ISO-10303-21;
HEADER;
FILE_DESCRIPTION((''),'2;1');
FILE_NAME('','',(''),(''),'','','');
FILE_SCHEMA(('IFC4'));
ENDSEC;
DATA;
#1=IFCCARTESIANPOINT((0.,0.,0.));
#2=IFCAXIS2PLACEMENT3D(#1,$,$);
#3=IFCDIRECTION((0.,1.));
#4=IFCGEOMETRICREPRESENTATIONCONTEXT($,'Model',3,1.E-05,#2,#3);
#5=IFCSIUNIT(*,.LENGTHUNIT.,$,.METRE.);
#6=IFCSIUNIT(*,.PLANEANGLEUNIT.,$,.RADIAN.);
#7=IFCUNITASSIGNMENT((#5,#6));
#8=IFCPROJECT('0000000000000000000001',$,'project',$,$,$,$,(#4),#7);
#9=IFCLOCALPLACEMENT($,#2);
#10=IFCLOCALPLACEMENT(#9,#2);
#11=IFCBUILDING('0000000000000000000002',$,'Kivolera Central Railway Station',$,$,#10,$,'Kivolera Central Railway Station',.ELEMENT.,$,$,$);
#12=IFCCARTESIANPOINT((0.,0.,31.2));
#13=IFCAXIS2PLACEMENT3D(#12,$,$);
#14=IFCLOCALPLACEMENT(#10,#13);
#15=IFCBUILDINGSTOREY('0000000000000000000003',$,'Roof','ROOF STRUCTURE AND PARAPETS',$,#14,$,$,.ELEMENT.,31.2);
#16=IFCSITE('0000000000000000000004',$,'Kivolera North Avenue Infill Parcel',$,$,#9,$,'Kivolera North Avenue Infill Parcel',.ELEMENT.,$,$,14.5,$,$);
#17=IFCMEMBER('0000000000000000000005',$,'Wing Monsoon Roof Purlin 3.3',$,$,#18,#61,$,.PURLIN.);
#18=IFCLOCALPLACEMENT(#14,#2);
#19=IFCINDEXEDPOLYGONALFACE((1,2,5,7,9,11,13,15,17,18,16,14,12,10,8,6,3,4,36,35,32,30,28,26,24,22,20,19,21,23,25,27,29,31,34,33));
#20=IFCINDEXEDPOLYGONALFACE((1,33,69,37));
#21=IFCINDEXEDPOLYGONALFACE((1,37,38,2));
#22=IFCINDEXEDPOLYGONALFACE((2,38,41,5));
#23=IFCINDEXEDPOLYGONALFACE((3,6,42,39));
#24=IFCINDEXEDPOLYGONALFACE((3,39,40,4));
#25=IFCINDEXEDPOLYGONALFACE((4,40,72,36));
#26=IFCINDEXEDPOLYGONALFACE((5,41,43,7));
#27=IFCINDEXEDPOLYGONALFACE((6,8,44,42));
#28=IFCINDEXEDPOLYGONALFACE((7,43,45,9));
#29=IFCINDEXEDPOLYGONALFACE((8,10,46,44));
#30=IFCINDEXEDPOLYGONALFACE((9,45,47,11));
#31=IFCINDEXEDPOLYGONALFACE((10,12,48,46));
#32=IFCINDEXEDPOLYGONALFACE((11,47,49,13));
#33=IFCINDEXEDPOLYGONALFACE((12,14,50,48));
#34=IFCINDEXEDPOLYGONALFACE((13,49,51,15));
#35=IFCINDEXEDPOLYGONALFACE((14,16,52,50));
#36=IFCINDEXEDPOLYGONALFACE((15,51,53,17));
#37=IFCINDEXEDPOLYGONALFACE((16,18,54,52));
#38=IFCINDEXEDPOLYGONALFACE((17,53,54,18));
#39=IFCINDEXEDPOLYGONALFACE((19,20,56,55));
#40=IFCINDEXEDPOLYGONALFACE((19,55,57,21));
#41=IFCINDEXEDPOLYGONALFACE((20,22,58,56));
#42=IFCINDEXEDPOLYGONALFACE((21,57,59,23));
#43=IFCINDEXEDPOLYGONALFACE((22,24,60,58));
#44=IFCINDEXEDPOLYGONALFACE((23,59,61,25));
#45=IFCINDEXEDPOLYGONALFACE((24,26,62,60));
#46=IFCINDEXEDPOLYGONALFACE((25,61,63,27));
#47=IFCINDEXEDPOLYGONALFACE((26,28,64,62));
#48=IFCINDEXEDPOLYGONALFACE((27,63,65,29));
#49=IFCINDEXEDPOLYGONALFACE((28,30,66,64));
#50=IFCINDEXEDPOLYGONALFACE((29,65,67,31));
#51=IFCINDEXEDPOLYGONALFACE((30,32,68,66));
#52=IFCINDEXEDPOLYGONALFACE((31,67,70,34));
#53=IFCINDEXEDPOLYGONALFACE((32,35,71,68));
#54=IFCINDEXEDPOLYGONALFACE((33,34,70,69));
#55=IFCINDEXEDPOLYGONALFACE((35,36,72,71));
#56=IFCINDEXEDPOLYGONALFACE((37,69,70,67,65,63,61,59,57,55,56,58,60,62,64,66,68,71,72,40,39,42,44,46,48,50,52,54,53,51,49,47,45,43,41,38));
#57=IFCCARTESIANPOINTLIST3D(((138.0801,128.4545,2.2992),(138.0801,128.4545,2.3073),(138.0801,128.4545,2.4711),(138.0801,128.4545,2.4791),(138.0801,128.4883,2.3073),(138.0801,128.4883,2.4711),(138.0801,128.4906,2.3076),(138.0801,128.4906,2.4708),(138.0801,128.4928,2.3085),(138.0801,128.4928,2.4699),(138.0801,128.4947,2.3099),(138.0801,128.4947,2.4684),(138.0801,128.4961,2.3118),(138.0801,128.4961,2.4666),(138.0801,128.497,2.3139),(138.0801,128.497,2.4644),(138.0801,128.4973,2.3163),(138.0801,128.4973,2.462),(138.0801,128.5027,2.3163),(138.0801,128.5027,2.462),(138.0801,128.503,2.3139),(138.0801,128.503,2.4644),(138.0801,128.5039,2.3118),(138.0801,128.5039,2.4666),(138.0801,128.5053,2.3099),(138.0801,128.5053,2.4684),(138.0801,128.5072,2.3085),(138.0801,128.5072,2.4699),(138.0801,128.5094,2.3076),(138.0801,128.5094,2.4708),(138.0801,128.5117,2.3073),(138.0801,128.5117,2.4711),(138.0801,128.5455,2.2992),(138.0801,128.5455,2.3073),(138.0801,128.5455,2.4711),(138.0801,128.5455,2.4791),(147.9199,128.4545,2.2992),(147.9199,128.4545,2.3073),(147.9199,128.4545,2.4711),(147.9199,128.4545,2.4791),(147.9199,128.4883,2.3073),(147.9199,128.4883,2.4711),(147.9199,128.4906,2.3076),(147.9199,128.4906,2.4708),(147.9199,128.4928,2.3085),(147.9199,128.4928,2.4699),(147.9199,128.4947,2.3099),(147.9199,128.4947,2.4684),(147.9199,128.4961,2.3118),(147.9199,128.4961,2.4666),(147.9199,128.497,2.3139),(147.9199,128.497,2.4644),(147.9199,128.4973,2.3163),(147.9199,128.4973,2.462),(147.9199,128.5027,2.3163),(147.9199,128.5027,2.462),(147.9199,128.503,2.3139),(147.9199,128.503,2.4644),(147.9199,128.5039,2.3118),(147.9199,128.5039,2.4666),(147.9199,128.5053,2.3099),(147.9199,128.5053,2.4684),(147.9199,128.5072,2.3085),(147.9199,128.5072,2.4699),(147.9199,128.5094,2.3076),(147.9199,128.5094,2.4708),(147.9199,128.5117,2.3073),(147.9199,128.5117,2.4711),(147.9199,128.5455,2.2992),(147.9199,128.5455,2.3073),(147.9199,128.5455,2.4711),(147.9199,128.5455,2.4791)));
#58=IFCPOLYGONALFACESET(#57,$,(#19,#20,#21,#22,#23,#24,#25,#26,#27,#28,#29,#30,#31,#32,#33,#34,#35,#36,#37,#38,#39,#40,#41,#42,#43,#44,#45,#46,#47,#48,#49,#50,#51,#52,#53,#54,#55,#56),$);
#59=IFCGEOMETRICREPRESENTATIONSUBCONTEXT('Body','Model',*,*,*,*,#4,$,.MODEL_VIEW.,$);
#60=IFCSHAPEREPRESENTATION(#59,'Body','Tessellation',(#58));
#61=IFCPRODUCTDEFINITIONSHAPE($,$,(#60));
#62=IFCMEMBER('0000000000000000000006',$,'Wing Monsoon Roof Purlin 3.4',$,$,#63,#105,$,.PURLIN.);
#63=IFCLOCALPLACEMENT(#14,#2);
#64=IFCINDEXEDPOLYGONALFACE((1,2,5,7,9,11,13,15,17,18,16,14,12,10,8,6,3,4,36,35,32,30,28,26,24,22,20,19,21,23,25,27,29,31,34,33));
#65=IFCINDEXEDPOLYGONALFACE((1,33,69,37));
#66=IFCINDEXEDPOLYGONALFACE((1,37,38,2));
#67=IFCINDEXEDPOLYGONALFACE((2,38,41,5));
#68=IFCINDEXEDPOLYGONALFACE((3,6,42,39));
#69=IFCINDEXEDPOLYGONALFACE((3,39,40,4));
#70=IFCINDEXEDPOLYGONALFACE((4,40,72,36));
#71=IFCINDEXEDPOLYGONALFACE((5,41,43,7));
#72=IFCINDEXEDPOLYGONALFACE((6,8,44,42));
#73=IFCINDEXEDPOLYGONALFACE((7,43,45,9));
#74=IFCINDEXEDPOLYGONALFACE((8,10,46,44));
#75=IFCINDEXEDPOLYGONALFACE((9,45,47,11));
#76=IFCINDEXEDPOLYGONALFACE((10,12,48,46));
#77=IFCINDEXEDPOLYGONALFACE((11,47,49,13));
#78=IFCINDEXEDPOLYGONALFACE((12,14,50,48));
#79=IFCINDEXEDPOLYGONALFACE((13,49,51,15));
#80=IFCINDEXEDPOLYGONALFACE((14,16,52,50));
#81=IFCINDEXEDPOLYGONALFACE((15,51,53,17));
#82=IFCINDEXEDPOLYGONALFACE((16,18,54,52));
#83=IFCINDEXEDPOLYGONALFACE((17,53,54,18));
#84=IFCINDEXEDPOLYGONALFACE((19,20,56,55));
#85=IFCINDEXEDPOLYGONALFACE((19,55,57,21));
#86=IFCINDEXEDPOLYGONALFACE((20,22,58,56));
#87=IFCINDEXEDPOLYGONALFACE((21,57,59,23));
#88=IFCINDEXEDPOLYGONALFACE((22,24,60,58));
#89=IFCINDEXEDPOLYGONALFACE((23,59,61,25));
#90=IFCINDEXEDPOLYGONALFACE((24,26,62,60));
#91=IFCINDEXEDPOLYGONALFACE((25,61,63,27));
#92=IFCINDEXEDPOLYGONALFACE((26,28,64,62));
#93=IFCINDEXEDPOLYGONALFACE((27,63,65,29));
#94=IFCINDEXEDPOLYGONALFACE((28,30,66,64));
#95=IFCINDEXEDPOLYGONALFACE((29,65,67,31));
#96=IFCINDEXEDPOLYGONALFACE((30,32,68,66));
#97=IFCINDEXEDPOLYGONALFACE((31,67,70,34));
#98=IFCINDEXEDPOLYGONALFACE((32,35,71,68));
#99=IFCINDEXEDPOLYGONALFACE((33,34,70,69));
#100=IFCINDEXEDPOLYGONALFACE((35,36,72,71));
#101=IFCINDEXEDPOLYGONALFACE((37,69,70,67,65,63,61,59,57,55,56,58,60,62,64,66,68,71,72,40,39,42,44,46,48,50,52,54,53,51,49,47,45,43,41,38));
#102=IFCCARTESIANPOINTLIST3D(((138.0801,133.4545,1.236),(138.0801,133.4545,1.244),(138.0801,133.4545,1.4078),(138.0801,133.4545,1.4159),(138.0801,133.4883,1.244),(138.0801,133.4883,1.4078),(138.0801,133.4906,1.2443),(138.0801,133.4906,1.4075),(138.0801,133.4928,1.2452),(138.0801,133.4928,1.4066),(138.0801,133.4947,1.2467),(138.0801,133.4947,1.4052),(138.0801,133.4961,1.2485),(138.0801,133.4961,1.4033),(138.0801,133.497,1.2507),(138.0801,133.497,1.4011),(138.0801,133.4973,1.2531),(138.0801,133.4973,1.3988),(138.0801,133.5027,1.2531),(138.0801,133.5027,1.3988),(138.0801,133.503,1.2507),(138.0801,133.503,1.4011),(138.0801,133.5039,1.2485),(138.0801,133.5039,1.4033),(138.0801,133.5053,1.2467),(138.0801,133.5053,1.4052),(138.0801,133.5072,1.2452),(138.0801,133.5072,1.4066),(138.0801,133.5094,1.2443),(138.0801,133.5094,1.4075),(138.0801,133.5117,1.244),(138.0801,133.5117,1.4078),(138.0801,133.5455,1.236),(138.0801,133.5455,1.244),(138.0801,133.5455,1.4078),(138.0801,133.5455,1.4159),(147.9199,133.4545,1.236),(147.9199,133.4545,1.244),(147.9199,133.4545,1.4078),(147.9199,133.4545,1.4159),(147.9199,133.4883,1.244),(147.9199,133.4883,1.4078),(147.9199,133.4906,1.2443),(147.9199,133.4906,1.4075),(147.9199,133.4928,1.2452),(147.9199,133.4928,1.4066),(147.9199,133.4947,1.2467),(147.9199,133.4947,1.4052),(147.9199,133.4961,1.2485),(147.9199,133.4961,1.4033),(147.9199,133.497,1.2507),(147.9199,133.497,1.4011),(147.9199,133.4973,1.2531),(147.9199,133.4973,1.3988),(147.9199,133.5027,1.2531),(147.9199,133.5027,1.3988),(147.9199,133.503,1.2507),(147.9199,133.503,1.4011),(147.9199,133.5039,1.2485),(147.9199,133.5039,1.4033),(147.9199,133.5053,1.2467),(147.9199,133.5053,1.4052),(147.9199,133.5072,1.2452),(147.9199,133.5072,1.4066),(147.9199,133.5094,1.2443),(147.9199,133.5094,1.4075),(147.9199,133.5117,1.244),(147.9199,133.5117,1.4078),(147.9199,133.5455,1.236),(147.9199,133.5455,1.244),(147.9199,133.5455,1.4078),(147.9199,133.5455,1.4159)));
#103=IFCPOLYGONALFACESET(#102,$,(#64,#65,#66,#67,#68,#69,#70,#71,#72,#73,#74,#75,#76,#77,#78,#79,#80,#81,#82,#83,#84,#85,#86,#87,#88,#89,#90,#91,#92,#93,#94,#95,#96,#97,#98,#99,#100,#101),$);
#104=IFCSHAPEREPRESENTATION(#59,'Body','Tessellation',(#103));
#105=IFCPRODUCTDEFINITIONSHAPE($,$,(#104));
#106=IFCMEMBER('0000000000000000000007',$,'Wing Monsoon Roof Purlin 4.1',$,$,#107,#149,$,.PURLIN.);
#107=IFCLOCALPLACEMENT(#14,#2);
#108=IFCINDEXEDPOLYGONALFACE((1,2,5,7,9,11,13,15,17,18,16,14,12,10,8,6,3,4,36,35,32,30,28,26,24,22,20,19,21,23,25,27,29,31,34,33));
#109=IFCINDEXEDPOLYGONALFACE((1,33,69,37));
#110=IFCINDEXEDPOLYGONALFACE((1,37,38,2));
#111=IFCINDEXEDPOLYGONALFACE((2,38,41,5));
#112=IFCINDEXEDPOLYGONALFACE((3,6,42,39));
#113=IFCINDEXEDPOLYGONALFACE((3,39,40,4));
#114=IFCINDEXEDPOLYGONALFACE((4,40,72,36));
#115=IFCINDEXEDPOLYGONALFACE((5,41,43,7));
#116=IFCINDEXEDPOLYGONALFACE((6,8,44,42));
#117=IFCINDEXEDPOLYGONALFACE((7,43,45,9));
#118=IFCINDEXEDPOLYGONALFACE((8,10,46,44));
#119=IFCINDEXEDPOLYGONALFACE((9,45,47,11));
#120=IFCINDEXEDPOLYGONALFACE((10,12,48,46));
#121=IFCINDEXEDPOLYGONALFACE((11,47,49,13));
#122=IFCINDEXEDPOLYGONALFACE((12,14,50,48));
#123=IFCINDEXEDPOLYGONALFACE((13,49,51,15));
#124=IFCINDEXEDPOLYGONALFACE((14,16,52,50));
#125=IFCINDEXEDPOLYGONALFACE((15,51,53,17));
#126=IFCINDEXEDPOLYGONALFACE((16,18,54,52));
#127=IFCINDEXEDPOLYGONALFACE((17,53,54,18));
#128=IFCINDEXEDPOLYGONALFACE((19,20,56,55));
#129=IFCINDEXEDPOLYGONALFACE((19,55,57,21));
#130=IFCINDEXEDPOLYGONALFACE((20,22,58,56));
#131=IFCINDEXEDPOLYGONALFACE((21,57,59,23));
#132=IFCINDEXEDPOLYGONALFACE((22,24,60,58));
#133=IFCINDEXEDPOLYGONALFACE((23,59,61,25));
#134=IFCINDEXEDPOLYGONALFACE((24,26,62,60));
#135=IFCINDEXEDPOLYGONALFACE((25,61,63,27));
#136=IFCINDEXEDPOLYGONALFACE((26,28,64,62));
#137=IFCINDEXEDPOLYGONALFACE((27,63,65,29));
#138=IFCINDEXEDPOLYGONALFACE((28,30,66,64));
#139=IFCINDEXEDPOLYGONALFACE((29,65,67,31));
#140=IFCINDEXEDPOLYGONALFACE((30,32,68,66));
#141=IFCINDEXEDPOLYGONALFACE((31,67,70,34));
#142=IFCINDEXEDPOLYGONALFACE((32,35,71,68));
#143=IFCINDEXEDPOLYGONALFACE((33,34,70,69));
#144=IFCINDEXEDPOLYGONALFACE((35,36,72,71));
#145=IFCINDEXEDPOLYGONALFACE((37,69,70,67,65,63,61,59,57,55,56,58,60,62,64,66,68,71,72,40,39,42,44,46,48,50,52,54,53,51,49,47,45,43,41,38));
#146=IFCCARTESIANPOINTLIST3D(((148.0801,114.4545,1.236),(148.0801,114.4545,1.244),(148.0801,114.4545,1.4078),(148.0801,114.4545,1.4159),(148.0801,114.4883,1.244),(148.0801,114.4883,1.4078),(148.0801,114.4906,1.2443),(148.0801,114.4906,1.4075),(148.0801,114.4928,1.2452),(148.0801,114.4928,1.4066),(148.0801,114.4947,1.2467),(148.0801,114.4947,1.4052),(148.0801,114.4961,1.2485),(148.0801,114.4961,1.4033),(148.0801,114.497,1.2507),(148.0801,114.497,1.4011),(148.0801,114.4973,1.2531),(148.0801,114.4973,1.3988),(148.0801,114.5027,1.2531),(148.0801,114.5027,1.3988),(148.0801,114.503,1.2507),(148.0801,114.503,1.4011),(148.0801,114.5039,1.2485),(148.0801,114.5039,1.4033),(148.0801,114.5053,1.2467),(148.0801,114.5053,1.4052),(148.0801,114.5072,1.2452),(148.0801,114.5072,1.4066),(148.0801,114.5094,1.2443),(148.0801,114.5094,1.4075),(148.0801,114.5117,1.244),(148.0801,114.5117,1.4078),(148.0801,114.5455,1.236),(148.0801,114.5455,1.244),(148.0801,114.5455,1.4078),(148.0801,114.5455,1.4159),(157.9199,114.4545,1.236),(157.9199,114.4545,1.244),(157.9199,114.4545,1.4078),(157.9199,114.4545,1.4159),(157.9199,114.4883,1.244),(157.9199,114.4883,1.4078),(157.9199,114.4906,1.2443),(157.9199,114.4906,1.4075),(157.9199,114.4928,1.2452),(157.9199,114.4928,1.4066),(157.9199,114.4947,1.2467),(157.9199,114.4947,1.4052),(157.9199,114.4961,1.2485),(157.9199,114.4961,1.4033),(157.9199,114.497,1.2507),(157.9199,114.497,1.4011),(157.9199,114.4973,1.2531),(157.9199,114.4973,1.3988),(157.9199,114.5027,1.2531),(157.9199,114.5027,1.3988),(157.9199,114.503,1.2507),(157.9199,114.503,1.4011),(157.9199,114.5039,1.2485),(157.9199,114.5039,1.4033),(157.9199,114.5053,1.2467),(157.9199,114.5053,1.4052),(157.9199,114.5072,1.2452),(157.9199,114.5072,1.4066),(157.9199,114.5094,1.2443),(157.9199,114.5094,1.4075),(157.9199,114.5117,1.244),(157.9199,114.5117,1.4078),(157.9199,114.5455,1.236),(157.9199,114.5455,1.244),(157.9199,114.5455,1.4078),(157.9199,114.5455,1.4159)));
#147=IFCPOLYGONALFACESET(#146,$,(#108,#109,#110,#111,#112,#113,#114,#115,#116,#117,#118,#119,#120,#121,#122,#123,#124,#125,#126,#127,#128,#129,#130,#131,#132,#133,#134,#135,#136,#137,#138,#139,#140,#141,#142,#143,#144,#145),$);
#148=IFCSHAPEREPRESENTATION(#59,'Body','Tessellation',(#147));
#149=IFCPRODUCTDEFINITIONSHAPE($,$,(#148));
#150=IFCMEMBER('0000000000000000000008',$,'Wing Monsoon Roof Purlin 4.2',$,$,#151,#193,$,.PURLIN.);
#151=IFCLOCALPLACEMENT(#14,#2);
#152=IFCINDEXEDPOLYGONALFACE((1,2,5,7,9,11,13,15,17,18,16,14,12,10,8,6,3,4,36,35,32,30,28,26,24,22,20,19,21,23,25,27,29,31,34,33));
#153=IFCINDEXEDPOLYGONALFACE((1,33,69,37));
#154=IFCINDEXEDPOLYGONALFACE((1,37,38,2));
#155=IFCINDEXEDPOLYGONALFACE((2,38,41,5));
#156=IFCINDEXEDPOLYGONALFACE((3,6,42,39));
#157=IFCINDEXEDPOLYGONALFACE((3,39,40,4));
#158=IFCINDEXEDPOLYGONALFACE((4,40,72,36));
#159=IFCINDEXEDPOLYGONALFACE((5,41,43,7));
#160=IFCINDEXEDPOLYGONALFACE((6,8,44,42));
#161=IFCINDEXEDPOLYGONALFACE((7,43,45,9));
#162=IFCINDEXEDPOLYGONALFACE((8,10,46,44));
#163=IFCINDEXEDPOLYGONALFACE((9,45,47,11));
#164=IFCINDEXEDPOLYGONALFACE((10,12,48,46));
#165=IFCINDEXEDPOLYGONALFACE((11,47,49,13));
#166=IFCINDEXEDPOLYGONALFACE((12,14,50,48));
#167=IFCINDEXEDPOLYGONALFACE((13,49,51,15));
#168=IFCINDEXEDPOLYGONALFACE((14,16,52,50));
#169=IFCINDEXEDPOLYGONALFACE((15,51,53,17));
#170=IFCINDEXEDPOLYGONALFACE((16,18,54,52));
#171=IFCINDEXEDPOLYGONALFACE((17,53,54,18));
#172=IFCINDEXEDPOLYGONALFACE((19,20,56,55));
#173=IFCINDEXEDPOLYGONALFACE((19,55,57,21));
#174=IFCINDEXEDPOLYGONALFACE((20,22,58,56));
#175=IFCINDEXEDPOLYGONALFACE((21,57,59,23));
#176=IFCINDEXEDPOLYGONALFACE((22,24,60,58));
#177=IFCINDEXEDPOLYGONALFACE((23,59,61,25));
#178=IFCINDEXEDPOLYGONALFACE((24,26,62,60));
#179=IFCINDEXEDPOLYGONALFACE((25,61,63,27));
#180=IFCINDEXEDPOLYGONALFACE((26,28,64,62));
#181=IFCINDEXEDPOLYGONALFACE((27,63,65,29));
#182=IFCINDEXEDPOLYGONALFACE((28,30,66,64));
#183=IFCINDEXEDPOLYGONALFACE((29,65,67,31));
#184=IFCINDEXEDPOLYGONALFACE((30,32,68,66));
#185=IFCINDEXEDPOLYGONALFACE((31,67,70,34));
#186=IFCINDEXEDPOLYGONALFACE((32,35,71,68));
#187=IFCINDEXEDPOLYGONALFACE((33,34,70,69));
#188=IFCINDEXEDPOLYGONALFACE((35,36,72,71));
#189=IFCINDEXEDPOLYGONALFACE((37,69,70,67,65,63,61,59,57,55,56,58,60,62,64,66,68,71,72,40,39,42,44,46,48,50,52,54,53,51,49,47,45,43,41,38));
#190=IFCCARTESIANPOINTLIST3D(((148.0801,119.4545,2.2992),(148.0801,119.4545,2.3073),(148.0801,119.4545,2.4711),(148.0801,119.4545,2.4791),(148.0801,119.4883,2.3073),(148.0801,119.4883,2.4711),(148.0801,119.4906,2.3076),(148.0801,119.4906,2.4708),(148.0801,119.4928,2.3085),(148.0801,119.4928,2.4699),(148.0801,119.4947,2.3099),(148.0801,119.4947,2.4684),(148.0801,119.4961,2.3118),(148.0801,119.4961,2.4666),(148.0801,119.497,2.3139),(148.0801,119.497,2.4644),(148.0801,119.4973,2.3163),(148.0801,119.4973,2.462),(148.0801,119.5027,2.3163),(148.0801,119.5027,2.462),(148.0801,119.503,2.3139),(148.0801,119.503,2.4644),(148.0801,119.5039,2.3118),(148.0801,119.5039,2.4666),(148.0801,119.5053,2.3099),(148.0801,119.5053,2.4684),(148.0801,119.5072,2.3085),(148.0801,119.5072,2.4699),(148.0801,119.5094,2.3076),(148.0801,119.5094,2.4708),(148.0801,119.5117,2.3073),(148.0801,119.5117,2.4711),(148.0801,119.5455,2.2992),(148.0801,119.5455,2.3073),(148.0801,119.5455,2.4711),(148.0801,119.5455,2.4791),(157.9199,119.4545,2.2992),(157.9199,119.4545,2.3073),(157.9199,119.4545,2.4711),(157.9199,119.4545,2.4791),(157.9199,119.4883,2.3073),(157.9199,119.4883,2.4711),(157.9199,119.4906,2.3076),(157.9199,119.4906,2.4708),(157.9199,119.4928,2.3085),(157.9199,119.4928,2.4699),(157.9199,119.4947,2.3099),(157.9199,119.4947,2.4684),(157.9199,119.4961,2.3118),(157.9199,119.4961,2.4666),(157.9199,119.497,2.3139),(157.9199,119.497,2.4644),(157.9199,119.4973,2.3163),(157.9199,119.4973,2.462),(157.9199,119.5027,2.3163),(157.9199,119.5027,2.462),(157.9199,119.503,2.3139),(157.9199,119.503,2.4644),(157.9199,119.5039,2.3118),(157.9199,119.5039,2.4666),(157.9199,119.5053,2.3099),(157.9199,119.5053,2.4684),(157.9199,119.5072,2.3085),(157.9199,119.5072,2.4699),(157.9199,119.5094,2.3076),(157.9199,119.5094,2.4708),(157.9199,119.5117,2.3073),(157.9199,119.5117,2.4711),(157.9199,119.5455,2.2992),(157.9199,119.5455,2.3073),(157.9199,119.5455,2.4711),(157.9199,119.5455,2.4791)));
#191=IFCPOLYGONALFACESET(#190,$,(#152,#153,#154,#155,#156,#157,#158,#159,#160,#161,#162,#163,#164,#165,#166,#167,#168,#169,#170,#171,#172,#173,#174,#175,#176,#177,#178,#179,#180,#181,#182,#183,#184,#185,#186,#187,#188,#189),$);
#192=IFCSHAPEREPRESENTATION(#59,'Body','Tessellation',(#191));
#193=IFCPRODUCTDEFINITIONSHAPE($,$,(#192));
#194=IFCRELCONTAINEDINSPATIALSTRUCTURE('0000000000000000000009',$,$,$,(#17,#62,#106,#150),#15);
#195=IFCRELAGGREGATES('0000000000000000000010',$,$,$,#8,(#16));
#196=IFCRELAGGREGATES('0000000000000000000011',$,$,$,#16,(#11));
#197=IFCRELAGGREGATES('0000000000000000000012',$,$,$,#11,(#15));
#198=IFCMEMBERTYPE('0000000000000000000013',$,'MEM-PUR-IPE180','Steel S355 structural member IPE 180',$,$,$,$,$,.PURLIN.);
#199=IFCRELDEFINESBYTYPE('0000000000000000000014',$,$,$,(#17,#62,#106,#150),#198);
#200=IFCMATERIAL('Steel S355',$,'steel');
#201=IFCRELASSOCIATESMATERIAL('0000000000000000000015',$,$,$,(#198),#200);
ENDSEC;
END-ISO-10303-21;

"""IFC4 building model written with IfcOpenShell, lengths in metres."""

from ifc_helpers import new_model, si_unit, direction, frame, origin, origin_2d, place, context, subcontext, project, spatial, i_section, extrude, material, material_profile, profile_set, type_object, element, save


model = new_model("IFC4")

# Units and contexts
model_context = context("Model", 3, precision=1e-05, world=origin(), true_north=direction((0.0, 1.0)))
body_context = subcontext(model_context, "Body", "Model", "MODEL_VIEW")
ifc_project = project(units=[si_unit("LENGTHUNIT", "METRE"), si_unit("PLANEANGLEUNIT", "RADIAN")], contexts=[model_context])

# Site, building, storey
site_placement = place(None, origin())
site = spatial("IfcSite", under=ifc_project, at=site_placement, Name="Kivolera North Avenue Infill Parcel", LongName="Kivolera North Avenue Infill Parcel", CompositionType="ELEMENT", RefElevation=14.5)
building_placement = place(site_placement, origin())
building = spatial("IfcBuilding", under=site, at=building_placement, Name="Kivolera Central Railway Station", LongName="Kivolera Central Railway Station", CompositionType="ELEMENT")
storey_placement = place(building_placement, frame((0.0, 0.0, 31.2)))
storey = spatial("IfcBuildingStorey", under=building, at=storey_placement, Name="Roof", Description="ROOF STRUCTURE AND PARAPETS", CompositionType="ELEMENT", Elevation=31.2)

# Shared definitions
ifc_material_1 = material(Name="Steel S355", Category="steel")

# Members
ifc_material_profile_1 = material_profile(ifc_material_1, i_section(OverallWidth=0.0911, OverallDepth=0.1799, WebThickness=0.0054, FlangeThickness=0.0081, FilletRadius=0.009, at=origin_2d()), Name="IPE 180")
ifc_profile_set_1 = profile_set([ifc_material_profile_1], Name="Steel S355")
member_type_1 = type_object("IfcMemberType", Name="MEM-PUR-IPE180", Description="Steel S355 structural member IPE 180", PredefinedType="PURLIN", material=ifc_profile_set_1)
for number, where, z_axis, x_axis, name in (
    (1, (138.0801, 128.5, 2.3892), (1.0, 0.0, 0.0), (0.0, 1.0, 0.0), "Wing Monsoon Roof Purlin 3.3"),
    (2, (138.0801, 133.5, 1.3259), (1.0, 0.0, 0.0), (0.0, 1.0, 0.0), "Wing Monsoon Roof Purlin 3.4"),
    (3, (148.0801, 114.5, 1.3259), (1.0, 0.0, 0.0), (0.0, 1.0, 0.0), "Wing Monsoon Roof Purlin 4.1"),
    (4, (148.0801, 119.5, 2.3892), (1.0, 0.0, 0.0), (0.0, 1.0, 0.0), "Wing Monsoon Roof Purlin 4.2"),
):
    element("IfcMember", number, at=place(storey_placement, frame(where, z_axis=z_axis, x_axis=x_axis)), inside=storey, type_object=member_type_1, Name=name, PredefinedType="PURLIN", context=body_context, shape_type="SweptSolid", body=[
        extrude(i_section(OverallWidth=0.0911, OverallDepth=0.1799, WebThickness=0.0054, FlangeThickness=0.0081, FilletRadius=0.009, at=origin_2d()), origin(), (0.0, 0.0, 1.0), 9.8398),
    ])

save(model, "model.ifc")
